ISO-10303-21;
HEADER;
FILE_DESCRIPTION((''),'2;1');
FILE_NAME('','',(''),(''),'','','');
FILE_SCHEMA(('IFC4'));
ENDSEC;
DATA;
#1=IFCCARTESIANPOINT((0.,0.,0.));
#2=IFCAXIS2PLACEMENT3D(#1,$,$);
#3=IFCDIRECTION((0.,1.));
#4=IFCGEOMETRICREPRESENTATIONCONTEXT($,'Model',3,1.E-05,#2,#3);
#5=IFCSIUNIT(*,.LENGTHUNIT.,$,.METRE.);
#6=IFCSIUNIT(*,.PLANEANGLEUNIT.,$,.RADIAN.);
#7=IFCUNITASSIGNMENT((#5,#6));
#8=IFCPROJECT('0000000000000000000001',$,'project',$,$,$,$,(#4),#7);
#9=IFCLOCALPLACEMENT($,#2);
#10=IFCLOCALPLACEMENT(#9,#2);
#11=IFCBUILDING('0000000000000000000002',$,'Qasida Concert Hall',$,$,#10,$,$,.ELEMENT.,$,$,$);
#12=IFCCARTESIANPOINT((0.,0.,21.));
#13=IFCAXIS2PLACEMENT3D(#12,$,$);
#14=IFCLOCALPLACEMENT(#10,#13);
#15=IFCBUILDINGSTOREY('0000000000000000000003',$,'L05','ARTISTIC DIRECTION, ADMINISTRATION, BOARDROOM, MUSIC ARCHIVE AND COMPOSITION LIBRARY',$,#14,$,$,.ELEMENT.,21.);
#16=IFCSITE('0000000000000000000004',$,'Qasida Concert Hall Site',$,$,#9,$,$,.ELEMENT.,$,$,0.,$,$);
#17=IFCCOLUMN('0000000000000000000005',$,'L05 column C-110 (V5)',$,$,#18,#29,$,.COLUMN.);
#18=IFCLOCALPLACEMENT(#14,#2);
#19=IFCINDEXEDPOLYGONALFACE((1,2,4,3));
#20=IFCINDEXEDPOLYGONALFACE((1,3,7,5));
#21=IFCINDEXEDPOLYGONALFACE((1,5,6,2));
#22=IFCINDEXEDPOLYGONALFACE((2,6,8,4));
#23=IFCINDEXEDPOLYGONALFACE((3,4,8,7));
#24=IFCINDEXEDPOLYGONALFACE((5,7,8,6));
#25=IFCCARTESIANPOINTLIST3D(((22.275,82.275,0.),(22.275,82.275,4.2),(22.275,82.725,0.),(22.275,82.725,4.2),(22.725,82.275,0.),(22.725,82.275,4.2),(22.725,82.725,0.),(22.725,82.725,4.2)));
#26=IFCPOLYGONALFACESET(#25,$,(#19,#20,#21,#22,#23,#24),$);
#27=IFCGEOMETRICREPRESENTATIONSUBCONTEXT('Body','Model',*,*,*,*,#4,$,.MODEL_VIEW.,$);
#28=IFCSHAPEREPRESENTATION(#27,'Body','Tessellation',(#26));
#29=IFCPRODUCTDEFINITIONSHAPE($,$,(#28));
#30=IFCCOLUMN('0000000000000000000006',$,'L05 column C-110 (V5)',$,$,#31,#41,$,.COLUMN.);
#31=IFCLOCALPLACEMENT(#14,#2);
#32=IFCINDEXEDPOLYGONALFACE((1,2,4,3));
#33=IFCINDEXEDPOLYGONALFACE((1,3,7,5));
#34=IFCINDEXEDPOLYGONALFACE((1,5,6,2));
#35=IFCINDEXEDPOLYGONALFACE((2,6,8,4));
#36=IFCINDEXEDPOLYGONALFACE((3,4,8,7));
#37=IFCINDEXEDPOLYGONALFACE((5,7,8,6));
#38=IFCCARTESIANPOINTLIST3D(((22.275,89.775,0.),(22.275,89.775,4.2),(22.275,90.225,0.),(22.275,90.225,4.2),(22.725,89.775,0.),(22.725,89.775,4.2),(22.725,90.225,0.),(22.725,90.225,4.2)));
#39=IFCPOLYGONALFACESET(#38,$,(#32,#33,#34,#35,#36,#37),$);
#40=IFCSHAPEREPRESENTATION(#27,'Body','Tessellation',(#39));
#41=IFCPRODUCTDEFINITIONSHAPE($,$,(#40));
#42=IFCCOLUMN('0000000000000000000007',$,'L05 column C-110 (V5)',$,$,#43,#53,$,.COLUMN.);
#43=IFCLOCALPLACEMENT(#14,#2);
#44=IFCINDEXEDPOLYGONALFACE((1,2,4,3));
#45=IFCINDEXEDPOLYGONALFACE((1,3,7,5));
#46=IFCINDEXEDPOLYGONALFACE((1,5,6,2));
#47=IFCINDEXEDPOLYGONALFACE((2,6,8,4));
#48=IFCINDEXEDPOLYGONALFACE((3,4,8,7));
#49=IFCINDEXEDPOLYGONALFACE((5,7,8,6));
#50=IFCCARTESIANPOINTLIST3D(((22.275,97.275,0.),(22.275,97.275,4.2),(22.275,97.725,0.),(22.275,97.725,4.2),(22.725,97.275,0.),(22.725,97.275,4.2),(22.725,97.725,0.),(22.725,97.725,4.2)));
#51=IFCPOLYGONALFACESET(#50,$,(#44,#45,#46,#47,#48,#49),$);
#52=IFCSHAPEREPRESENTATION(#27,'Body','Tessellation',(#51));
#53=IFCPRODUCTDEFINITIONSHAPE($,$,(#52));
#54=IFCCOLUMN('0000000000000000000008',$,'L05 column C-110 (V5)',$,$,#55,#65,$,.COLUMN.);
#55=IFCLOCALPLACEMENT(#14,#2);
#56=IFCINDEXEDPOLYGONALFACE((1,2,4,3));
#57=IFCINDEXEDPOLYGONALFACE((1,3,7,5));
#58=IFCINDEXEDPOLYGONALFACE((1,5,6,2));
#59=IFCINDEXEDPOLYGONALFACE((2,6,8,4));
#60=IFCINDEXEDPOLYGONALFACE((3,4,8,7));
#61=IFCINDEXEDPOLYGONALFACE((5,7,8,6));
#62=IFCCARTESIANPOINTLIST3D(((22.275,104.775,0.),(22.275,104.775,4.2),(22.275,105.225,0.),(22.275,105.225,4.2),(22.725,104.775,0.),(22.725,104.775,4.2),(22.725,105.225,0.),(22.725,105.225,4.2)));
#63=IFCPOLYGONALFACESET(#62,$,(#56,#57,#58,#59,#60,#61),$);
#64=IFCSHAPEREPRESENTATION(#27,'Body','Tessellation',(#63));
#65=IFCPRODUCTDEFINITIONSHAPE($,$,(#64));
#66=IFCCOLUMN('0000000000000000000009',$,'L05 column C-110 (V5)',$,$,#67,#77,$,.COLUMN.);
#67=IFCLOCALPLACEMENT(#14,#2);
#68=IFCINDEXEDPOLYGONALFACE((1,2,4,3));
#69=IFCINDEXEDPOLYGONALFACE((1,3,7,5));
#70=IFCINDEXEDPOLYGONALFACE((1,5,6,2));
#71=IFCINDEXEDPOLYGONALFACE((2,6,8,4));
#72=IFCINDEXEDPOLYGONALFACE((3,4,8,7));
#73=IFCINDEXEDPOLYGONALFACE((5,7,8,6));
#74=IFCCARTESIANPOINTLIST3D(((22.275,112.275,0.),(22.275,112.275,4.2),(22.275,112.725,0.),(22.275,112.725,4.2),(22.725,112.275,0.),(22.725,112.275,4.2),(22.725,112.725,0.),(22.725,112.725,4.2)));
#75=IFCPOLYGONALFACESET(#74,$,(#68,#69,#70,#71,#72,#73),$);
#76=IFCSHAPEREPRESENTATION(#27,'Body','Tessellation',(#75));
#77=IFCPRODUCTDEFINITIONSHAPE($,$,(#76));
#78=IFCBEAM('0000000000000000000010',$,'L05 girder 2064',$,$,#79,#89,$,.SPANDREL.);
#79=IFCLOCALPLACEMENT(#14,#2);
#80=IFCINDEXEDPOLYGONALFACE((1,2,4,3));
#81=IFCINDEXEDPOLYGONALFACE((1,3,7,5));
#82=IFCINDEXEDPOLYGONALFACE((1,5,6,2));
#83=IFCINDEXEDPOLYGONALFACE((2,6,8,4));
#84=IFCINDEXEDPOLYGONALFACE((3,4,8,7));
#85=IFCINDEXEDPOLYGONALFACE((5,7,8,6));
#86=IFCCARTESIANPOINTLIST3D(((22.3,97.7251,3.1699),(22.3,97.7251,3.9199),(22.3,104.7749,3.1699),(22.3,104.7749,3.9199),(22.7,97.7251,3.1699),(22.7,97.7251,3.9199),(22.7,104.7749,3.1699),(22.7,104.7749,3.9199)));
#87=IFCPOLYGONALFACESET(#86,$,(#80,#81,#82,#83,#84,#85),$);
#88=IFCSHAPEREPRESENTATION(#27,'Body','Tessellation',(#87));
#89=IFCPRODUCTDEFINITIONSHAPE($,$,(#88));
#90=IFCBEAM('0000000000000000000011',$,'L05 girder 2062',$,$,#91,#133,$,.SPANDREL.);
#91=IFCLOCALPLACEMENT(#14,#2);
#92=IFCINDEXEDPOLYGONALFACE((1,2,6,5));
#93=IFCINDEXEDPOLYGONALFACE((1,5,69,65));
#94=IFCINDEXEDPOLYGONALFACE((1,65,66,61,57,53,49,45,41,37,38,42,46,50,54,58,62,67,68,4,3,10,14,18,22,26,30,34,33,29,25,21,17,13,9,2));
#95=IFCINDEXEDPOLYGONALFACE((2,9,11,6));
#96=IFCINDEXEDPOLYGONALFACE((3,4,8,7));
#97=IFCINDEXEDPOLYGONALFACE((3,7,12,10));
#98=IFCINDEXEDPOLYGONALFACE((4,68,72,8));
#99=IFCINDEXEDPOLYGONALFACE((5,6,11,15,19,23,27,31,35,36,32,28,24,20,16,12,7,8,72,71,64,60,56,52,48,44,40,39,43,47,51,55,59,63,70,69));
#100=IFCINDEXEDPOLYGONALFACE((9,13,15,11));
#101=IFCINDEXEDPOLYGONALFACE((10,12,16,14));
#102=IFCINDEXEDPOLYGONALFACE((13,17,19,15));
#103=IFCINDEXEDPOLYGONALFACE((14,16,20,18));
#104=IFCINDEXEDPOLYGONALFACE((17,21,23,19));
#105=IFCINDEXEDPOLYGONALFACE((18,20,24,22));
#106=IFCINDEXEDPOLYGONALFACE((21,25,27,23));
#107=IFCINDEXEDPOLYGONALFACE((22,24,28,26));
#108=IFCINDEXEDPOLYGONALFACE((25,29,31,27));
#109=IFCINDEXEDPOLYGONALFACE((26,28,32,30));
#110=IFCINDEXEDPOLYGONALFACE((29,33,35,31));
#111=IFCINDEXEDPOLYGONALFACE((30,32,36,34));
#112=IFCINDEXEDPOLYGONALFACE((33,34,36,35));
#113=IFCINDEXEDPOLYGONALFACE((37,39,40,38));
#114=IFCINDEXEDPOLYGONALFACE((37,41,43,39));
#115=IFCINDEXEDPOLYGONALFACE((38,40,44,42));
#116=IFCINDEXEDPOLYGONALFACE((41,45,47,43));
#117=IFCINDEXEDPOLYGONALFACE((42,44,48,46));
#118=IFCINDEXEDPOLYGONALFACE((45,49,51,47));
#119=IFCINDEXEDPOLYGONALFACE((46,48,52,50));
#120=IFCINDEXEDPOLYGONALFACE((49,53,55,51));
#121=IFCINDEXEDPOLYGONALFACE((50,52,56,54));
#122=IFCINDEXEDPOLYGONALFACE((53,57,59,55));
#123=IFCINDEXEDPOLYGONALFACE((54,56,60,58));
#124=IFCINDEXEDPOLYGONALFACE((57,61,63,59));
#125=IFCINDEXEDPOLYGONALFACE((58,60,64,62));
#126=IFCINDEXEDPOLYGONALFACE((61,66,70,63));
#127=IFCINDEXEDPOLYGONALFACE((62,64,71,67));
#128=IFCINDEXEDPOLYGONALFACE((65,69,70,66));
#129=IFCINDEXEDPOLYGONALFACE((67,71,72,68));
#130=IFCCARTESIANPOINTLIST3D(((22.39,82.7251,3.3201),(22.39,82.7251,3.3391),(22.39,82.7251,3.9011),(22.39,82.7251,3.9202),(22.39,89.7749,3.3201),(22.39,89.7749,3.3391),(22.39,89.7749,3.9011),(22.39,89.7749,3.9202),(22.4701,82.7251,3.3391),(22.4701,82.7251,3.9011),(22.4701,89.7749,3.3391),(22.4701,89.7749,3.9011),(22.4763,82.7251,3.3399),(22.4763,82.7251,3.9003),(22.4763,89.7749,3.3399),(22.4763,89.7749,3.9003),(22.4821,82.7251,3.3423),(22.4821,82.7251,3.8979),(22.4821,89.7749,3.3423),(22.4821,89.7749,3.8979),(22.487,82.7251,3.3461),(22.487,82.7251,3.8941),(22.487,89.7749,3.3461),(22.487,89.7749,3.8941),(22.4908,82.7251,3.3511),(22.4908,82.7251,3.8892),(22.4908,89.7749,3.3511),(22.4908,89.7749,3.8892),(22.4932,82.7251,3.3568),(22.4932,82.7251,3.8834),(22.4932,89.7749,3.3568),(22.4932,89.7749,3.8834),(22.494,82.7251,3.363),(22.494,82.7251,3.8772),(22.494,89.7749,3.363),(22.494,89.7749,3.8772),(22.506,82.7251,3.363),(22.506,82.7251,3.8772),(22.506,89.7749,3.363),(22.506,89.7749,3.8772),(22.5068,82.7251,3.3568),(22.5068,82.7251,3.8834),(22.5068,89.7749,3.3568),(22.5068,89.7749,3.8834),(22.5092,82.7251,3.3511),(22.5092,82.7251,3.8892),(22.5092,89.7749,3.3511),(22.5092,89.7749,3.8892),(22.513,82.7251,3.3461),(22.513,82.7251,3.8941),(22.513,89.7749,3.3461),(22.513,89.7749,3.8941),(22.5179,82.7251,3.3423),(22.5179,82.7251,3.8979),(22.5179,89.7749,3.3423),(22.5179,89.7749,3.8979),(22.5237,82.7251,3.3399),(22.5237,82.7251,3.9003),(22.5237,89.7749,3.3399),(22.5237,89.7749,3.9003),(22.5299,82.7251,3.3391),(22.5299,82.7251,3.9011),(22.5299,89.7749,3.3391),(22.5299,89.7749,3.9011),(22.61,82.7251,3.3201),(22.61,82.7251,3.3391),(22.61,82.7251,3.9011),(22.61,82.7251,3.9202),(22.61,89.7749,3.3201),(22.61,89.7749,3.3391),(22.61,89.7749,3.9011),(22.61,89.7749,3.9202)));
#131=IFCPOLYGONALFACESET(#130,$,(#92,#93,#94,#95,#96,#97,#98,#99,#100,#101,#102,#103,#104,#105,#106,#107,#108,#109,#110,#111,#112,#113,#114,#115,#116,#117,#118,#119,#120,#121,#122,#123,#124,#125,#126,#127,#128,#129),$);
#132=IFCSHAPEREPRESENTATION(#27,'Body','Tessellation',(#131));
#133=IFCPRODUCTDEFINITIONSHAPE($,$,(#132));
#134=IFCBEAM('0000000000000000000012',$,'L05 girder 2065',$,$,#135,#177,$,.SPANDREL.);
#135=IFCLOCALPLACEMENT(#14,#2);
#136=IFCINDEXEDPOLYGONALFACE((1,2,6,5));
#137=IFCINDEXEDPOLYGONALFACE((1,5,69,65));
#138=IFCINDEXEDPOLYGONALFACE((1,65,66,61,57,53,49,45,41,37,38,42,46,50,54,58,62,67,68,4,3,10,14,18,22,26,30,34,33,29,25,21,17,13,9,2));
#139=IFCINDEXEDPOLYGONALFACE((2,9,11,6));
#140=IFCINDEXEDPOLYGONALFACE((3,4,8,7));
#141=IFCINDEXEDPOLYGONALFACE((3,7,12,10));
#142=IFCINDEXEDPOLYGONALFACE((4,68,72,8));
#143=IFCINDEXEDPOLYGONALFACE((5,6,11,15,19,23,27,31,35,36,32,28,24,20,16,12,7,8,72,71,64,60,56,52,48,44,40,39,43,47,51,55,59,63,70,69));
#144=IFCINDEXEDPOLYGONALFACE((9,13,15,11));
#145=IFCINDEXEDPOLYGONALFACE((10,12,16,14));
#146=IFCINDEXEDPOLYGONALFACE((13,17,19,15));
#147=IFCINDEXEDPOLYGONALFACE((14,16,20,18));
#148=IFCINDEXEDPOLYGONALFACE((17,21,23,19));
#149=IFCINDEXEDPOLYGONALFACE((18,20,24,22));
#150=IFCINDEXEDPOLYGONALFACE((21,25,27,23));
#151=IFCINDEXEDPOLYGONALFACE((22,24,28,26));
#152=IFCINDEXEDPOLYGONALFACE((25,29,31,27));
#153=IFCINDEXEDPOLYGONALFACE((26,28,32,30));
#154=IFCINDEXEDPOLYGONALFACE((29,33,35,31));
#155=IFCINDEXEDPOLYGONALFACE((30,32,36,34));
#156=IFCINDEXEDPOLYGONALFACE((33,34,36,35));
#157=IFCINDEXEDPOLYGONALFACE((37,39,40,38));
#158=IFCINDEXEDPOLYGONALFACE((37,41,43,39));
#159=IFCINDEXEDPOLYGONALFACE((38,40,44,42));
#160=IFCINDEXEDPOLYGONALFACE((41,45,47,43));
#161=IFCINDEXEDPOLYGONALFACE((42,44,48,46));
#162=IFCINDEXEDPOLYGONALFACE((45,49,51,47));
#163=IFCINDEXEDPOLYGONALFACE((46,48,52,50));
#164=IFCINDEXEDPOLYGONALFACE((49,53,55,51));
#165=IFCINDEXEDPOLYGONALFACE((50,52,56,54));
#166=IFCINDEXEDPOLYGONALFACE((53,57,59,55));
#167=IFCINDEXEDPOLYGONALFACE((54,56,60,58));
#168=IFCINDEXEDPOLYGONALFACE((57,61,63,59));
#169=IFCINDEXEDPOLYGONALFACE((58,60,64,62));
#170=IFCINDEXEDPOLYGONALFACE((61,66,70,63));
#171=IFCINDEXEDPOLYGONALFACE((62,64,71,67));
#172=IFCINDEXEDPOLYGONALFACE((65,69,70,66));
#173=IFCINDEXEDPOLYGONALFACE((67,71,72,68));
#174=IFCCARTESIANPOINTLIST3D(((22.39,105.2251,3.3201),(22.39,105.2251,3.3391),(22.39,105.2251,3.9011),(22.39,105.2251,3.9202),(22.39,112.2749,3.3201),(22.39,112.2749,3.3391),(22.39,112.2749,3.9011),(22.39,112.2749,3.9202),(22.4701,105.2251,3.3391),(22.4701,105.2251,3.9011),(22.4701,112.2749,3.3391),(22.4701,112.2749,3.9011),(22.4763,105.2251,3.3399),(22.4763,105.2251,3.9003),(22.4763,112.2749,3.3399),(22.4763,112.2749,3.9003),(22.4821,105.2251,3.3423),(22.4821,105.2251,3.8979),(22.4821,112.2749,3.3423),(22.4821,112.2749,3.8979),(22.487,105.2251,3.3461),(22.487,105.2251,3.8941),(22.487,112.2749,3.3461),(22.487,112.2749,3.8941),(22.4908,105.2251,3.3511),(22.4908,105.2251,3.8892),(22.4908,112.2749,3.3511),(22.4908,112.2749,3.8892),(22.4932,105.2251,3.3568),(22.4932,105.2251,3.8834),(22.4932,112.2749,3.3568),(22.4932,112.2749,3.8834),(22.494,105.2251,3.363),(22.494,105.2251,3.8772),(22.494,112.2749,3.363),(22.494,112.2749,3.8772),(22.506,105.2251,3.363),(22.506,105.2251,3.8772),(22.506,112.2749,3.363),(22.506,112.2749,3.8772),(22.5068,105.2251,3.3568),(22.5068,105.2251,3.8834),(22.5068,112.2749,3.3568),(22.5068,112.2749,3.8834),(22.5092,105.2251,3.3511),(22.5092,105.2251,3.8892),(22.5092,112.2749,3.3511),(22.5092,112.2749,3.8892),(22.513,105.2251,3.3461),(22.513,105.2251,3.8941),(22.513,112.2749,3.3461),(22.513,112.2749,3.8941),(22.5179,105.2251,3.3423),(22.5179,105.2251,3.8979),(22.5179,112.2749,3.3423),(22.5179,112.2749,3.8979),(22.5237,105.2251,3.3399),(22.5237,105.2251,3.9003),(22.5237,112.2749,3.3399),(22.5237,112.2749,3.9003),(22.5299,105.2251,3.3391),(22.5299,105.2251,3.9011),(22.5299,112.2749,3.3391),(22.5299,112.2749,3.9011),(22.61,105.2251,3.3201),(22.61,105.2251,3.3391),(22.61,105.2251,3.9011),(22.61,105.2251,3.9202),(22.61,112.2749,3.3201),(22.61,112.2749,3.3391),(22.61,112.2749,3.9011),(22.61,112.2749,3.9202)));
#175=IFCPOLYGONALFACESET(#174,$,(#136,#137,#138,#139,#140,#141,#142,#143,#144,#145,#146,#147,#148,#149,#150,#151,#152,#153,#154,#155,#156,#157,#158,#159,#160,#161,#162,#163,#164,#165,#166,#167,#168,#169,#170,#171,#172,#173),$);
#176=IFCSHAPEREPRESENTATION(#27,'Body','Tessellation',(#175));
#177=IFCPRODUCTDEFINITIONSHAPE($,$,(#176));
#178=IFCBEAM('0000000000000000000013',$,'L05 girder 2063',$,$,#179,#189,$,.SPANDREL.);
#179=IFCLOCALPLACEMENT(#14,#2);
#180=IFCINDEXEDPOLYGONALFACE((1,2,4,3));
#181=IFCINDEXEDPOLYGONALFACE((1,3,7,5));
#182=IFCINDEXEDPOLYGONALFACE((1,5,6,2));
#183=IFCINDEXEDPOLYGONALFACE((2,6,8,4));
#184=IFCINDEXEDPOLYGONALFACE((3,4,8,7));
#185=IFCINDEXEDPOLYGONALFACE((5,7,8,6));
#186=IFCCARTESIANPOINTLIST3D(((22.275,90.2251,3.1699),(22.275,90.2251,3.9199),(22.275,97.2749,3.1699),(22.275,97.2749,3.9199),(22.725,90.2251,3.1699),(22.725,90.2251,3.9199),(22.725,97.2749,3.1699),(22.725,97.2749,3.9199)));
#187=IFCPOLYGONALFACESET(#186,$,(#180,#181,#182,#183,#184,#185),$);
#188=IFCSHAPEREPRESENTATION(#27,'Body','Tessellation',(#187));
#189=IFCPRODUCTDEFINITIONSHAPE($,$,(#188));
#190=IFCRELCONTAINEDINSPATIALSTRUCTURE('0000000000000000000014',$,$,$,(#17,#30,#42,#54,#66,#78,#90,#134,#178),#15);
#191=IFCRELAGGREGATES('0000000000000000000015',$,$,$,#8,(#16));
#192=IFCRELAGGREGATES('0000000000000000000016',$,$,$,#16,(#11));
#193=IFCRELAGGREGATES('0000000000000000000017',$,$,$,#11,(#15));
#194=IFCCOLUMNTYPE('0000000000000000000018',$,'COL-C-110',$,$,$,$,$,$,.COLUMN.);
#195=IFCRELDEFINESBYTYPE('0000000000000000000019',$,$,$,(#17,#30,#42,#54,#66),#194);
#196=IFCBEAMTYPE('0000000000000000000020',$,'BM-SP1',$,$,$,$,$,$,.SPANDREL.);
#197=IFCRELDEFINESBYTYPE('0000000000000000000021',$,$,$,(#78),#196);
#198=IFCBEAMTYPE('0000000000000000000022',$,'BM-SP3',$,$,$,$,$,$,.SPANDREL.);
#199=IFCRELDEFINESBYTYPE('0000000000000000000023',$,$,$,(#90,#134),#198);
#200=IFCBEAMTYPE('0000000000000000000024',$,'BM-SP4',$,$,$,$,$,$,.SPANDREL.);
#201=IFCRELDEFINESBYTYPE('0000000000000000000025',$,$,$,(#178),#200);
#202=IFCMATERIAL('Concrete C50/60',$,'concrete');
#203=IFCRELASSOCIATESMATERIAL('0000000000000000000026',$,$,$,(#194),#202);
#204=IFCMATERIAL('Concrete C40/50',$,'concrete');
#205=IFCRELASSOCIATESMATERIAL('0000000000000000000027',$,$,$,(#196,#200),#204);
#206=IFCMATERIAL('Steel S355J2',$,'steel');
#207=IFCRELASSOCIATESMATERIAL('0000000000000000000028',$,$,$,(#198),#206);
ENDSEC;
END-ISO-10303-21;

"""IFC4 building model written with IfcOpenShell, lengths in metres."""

from ifc_helpers import new_model, si_unit, direction, frame, origin, origin_2d, place, context, subcontext, project, spatial, rectangle, i_section, extrude, material, material_profile, profile_set, type_object, element, save


model = new_model("IFC4")

# Units and contexts
model_context = context("Model", 3, precision=1e-05, world=origin(), true_north=direction((0.0, 1.0)))
body_context = subcontext(model_context, "Body", "Model", "MODEL_VIEW")
ifc_project = project(units=[si_unit("LENGTHUNIT", "METRE"), si_unit("PLANEANGLEUNIT", "RADIAN")], contexts=[model_context])

# Site, building, storey
site_placement = place(None, origin())
site = spatial("IfcSite", under=ifc_project, at=site_placement, Name="Qasida Concert Hall Site", CompositionType="ELEMENT", RefElevation=0.0)
building_placement = place(site_placement, origin())
building = spatial("IfcBuilding", under=site, at=building_placement, Name="Qasida Concert Hall", CompositionType="ELEMENT")
storey_placement = place(building_placement, frame((0.0, 0.0, 21.0)))
storey = spatial("IfcBuildingStorey", under=building, at=storey_placement, Name="L05", Description="ARTISTIC DIRECTION, ADMINISTRATION, BOARDROOM, MUSIC ARCHIVE AND COMPOSITION LIBRARY", CompositionType="ELEMENT", Elevation=21.0)

# Columns
ifc_material_1 = material(Name="Concrete C50/60", Category="concrete")
ifc_material_profile_1 = material_profile(ifc_material_1, rectangle(XDim=0.45, YDim=0.45, at=origin_2d()), Name="RC 450x450")
ifc_profile_set_1 = profile_set([ifc_material_profile_1], Name="Concrete C50/60")
column_type = type_object("IfcColumnType", Name="COL-C-110", PredefinedType="COLUMN", material=ifc_profile_set_1)
for number, where, z_axis, x_axis, name in (
    (1, (22.5, 82.5, 0.0), (0.0, 0.0, 1.0), (1.0, 0.0, 0.0), "L05 column C-110 (V5)"),
    (2, (22.5, 90.0, 0.0), (0.0, 0.0, 1.0), (1.0, 0.0, 0.0), "L05 column C-110 (V5)"),
    (3, (22.5, 97.5, 0.0), (0.0, 0.0, 1.0), (1.0, 0.0, 0.0), "L05 column C-110 (V5)"),
    (4, (22.5, 105.0, 0.0), (0.0, 0.0, 1.0), (1.0, 0.0, 0.0), "L05 column C-110 (V5)"),
    (5, (22.5, 112.5, 0.0), (0.0, 0.0, 1.0), (1.0, 0.0, 0.0), "L05 column C-110 (V5)"),
):
    element("IfcColumn", number, at=place(storey_placement, frame(where, z_axis=z_axis, x_axis=x_axis)), inside=storey, type_object=column_type, Name=name, PredefinedType="COLUMN", context=body_context, shape_type="SweptSolid", body=[
        extrude(rectangle(XDim=0.45, YDim=0.45, at=origin_2d()), origin(), (0.0, 0.0, 1.0), 4.2),
    ])

# Beams
ifc_material_2 = material(Name="Concrete C40/50", Category="concrete")
ifc_material_profile_2 = material_profile(ifc_material_2, rectangle(XDim=0.3999, YDim=0.75, at=origin_2d()), Name="RC 400x750")
ifc_profile_set_2 = profile_set([ifc_material_profile_2], Name="Concrete C40/50")
beam_type_1 = type_object("IfcBeamType", Name="BM-SP1", PredefinedType="SPANDREL", material=ifc_profile_set_2)
beam_1_placement = place(storey_placement, frame((22.5, 97.7251, 3.5449), z_axis=(0.0, 1.0, 0.0), x_axis=(-1.0, 0.0, 0.0)))
element("IfcBeam", 6, at=beam_1_placement, inside=storey, type_object=beam_type_1, Name="L05 girder 2064", PredefinedType="SPANDREL", context=body_context, shape_type="SweptSolid", body=[
    extrude(rectangle(XDim=0.3999, YDim=0.75, at=origin_2d()), origin(), (0.0, 0.0, 1.0), 7.0498),
])
ifc_material_3 = material(Name="Steel S355J2", Category="steel")
ifc_material_profile_3 = material_profile(ifc_material_3, i_section(OverallWidth=0.22, OverallDepth=0.6001, WebThickness=0.012, FlangeThickness=0.019, FilletRadius=0.0239, at=origin_2d()), Name="IPE 600")
ifc_profile_set_3 = profile_set([ifc_material_profile_3], Name="Steel S355J2")
beam_type_2 = type_object("IfcBeamType", Name="BM-SP3", PredefinedType="SPANDREL", material=ifc_profile_set_3)
for number, where, z_axis, x_axis, name in (
    (7, (22.5, 82.7251, 3.6201), (0.0, 1.0, 0.0), (-1.0, 0.0, 0.0), "L05 girder 2062"),
    (8, (22.5, 105.2251, 3.6201), (0.0, 1.0, 0.0), (-1.0, 0.0, 0.0), "L05 girder 2065"),
):
    element("IfcBeam", number, at=place(storey_placement, frame(where, z_axis=z_axis, x_axis=x_axis)), inside=storey, type_object=beam_type_2, Name=name, PredefinedType="SPANDREL", context=body_context, shape_type="SweptSolid", body=[
        extrude(i_section(OverallWidth=0.22, OverallDepth=0.6001, WebThickness=0.012, FlangeThickness=0.019, FilletRadius=0.0239, at=origin_2d()), origin(), (0.0, 0.0, 1.0), 7.0498),
    ])
ifc_material_profile_4 = material_profile(ifc_material_2, rectangle(XDim=0.45, YDim=0.75, at=origin_2d()), Name="RC 450x750")
ifc_profile_set_4 = profile_set([ifc_material_profile_4], Name="Concrete C40/50")
beam_type_3 = type_object("IfcBeamType", Name="BM-SP4", PredefinedType="SPANDREL", material=ifc_profile_set_4)
beam_2_placement = place(storey_placement, frame((22.5, 90.2251, 3.5449), z_axis=(0.0, 1.0, 0.0), x_axis=(-1.0, 0.0, 0.0)))
element("IfcBeam", 9, at=beam_2_placement, inside=storey, type_object=beam_type_3, Name="L05 girder 2063", PredefinedType="SPANDREL", context=body_context, shape_type="SweptSolid", body=[
    extrude(rectangle(XDim=0.45, YDim=0.75, at=origin_2d()), origin(), (0.0, 0.0, 1.0), 7.0498),
])

save(model, "model.ifc")
